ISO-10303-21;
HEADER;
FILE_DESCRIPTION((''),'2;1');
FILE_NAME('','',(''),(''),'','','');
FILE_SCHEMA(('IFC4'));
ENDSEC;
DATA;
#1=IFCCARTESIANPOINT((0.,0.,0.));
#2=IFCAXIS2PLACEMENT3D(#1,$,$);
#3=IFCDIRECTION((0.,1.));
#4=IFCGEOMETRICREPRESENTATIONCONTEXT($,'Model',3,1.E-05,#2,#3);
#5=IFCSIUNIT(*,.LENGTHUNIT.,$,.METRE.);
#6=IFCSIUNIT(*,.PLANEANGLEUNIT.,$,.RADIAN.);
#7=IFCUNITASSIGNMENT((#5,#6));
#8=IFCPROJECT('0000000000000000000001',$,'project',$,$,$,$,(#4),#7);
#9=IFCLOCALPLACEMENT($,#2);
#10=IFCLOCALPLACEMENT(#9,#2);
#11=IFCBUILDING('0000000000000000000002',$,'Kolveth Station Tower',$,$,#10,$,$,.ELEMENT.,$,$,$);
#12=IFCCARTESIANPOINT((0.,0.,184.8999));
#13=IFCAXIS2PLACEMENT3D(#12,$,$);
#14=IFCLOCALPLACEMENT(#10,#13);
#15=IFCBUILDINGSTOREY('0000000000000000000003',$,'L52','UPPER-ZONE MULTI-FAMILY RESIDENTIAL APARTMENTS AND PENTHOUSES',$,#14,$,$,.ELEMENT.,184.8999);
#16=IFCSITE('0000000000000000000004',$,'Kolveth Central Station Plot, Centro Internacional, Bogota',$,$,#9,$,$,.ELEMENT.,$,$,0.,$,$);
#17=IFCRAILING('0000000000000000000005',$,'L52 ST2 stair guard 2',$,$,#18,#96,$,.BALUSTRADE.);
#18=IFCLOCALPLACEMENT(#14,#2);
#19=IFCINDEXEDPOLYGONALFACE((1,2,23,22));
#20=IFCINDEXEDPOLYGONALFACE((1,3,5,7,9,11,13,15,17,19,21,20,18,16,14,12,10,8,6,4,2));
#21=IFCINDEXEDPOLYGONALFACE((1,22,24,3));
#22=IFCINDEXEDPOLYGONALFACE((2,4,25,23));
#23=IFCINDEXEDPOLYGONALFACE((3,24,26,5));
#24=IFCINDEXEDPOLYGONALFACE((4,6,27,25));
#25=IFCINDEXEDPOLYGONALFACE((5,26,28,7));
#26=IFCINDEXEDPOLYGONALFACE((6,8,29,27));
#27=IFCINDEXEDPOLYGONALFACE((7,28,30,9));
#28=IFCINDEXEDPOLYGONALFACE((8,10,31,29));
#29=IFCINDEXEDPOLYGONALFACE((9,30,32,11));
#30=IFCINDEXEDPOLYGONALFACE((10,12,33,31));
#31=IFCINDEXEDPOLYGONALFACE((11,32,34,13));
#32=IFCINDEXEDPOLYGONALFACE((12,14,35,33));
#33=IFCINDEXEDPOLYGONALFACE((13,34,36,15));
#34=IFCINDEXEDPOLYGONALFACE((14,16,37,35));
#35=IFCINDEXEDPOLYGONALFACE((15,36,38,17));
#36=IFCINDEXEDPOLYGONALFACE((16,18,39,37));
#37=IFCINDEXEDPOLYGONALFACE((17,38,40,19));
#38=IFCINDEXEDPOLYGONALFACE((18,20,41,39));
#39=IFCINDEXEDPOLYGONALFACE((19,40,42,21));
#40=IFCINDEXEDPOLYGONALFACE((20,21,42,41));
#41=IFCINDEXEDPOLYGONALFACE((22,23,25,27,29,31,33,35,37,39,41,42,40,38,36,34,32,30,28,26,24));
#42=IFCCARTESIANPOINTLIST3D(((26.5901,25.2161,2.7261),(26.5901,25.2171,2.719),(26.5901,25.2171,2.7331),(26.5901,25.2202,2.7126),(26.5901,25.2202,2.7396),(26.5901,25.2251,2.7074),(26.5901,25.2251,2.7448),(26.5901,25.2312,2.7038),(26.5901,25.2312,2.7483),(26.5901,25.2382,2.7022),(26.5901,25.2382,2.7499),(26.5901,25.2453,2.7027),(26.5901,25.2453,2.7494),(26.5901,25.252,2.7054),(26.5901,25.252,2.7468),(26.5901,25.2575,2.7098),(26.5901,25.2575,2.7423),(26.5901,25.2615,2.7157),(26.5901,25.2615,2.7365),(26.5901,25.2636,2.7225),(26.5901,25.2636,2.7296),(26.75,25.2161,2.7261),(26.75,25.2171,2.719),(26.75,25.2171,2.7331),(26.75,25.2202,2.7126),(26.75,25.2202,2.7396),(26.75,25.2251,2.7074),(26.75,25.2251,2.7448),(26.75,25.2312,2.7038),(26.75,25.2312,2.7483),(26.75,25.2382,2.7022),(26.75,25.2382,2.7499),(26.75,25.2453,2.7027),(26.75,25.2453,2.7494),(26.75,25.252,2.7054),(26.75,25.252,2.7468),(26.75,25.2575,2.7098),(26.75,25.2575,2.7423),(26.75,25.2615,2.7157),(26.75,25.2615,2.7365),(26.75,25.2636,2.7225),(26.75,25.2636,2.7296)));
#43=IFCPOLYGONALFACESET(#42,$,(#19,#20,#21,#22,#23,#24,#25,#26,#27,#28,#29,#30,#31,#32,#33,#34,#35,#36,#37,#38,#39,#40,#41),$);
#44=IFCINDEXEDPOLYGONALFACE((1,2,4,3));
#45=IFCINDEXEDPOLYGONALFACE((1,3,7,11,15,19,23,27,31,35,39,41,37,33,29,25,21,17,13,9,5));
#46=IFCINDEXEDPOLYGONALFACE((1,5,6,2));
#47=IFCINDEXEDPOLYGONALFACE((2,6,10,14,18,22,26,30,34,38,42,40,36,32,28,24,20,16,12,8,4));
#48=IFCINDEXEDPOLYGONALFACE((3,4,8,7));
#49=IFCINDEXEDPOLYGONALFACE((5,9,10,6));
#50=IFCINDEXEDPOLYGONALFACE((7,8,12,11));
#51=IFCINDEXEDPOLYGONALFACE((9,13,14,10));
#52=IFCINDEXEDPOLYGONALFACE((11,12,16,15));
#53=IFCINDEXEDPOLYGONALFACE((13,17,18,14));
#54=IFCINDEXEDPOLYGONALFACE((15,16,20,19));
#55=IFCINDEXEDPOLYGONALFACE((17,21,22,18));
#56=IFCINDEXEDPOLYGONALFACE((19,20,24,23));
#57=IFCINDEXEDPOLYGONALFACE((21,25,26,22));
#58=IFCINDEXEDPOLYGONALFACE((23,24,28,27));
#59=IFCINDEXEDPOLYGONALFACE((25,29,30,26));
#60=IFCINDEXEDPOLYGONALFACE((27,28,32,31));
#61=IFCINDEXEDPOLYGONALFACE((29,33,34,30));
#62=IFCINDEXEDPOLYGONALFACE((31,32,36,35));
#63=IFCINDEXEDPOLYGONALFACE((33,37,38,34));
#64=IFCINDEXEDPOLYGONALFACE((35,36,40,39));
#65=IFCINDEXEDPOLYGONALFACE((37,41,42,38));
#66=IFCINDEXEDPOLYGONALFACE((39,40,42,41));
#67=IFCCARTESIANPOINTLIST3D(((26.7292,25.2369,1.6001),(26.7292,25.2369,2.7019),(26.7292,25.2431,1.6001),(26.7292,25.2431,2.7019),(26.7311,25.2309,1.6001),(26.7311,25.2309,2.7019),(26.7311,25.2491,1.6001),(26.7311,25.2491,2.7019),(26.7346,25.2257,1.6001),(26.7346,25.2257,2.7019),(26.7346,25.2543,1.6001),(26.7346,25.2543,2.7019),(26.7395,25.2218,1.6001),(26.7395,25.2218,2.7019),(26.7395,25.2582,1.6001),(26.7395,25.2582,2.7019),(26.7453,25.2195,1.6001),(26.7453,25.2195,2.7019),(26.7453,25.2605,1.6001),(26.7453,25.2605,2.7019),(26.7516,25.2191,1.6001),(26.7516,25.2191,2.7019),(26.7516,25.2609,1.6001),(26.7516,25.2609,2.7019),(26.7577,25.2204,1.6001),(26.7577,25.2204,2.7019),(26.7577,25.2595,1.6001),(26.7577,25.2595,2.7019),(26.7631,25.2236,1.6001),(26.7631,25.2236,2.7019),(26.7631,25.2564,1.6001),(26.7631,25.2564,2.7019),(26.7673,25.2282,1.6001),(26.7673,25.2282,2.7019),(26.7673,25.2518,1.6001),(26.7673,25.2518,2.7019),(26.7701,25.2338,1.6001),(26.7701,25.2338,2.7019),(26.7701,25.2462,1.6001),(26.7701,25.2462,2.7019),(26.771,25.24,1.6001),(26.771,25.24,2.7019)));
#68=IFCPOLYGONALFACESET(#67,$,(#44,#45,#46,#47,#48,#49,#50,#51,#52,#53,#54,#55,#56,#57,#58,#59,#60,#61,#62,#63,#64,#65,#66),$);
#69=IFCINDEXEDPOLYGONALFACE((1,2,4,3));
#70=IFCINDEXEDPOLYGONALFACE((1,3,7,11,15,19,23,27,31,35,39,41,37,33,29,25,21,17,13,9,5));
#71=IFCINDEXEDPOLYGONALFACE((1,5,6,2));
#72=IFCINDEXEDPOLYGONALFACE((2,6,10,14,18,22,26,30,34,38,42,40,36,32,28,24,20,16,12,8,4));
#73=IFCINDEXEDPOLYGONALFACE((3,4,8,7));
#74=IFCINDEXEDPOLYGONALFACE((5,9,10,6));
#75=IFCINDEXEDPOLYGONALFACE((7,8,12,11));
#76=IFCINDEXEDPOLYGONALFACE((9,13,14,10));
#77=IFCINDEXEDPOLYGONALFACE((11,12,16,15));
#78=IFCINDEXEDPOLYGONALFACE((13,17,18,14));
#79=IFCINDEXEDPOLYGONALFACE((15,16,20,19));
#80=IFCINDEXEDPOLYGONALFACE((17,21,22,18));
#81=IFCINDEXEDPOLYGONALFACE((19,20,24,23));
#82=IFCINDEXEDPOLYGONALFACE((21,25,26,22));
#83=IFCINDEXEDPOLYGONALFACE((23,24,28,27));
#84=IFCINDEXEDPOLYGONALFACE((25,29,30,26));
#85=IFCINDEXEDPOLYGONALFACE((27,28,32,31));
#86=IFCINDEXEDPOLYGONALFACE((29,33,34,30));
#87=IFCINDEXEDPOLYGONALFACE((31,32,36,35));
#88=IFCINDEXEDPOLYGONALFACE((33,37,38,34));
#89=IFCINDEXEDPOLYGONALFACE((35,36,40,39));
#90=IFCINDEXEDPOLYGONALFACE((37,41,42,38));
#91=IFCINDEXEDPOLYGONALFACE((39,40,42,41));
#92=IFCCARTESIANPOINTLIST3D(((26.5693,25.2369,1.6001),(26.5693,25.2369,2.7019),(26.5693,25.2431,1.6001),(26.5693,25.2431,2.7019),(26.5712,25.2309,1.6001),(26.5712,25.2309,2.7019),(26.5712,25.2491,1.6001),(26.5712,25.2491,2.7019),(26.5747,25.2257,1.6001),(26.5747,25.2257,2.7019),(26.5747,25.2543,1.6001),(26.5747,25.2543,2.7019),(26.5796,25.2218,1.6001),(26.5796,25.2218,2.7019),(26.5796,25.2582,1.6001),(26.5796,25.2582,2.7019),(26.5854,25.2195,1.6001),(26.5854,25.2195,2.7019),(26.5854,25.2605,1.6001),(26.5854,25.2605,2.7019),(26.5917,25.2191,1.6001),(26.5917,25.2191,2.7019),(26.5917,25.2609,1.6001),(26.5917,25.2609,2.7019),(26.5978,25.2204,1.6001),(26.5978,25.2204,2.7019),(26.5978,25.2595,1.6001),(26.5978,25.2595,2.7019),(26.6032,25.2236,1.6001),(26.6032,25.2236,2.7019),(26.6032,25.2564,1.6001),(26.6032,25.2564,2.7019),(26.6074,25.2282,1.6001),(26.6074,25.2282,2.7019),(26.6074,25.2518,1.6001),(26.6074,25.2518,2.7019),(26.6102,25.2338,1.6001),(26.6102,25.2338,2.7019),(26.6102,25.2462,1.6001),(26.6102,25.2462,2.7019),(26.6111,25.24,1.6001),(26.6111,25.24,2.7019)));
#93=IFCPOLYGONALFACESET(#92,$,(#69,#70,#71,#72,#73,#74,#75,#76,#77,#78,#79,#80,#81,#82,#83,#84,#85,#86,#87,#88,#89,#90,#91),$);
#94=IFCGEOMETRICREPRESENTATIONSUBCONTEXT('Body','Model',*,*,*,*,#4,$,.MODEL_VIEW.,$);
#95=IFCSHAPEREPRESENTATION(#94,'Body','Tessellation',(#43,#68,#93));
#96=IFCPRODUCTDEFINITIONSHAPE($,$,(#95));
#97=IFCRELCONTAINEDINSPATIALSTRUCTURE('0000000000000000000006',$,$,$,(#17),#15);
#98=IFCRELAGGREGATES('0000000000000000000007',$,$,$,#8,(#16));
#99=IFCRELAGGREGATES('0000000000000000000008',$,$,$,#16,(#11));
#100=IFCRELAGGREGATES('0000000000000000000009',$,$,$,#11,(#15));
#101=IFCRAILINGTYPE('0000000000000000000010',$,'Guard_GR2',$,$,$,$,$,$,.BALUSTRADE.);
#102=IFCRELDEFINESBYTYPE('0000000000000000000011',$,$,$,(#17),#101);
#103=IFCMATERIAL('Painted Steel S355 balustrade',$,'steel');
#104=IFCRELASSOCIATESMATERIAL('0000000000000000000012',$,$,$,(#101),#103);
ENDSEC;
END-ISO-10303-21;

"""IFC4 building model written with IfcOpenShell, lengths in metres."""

from ifc_helpers import new_model, si_unit, direction, frame, origin, origin_2d, place, context, subcontext, project, spatial, circle, extrude, material, type_object, element, save


model = new_model("IFC4")

# Units and contexts
model_context = context("Model", 3, precision=1e-05, world=origin(), true_north=direction((0.0, 1.0)))
body_context = subcontext(model_context, "Body", "Model", "MODEL_VIEW")
ifc_project = project(units=[si_unit("LENGTHUNIT", "METRE"), si_unit("PLANEANGLEUNIT", "RADIAN")], contexts=[model_context])

# Site, building, storey
site_placement = place(None, origin())
site = spatial("IfcSite", under=ifc_project, at=site_placement, Name="Kolveth Central Station Plot, Centro Internacional, Bogota", CompositionType="ELEMENT", RefElevation=0.0)
building_placement = place(site_placement, origin())
building = spatial("IfcBuilding", under=site, at=building_placement, Name="Kolveth Station Tower", CompositionType="ELEMENT")
storey_placement = place(building_placement, frame((0.0, 0.0, 184.8999)))
storey = spatial("IfcBuildingStorey", under=building, at=storey_placement, Name="L52", Description="UPPER-ZONE MULTI-FAMILY RESIDENTIAL APARTMENTS AND PENTHOUSES", CompositionType="ELEMENT", Elevation=184.8999)

# Railing
ifc_material_1 = material(Name="Painted Steel S355 balustrade", Category="steel")
railing_type_1 = type_object("IfcRailingType", Name="Guard_GR2", PredefinedType="BALUSTRADE", material=ifc_material_1)
railing_1_placement = place(storey_placement, frame((26.75, 25.24, 1.6001)))
element("IfcRailing", 1, at=railing_1_placement, inside=storey, type_object=railing_type_1, Name="L52 ST2 stair guard 2", PredefinedType="BALUSTRADE", context=body_context, shape_type="SweptSolid", body=[
    extrude(circle(Radius=0.0239, at=origin_2d()), frame((0.0, 0.0, 1.126), z_axis=(-1.0, 0.0, 0.0), x_axis=(0.0, -1.0, 0.0)), (0.0, 0.0, 1.0), 0.1599),
    extrude(circle(Radius=0.021, at=origin_2d()), origin(), (0.0, 0.0, 1.0), 1.1018),
    extrude(circle(Radius=0.021, at=origin_2d()), frame((-0.1599, 0.0, 0.0)), (0.0, 0.0, 1.0), 1.1018),
])

save(model, "model.ifc")
